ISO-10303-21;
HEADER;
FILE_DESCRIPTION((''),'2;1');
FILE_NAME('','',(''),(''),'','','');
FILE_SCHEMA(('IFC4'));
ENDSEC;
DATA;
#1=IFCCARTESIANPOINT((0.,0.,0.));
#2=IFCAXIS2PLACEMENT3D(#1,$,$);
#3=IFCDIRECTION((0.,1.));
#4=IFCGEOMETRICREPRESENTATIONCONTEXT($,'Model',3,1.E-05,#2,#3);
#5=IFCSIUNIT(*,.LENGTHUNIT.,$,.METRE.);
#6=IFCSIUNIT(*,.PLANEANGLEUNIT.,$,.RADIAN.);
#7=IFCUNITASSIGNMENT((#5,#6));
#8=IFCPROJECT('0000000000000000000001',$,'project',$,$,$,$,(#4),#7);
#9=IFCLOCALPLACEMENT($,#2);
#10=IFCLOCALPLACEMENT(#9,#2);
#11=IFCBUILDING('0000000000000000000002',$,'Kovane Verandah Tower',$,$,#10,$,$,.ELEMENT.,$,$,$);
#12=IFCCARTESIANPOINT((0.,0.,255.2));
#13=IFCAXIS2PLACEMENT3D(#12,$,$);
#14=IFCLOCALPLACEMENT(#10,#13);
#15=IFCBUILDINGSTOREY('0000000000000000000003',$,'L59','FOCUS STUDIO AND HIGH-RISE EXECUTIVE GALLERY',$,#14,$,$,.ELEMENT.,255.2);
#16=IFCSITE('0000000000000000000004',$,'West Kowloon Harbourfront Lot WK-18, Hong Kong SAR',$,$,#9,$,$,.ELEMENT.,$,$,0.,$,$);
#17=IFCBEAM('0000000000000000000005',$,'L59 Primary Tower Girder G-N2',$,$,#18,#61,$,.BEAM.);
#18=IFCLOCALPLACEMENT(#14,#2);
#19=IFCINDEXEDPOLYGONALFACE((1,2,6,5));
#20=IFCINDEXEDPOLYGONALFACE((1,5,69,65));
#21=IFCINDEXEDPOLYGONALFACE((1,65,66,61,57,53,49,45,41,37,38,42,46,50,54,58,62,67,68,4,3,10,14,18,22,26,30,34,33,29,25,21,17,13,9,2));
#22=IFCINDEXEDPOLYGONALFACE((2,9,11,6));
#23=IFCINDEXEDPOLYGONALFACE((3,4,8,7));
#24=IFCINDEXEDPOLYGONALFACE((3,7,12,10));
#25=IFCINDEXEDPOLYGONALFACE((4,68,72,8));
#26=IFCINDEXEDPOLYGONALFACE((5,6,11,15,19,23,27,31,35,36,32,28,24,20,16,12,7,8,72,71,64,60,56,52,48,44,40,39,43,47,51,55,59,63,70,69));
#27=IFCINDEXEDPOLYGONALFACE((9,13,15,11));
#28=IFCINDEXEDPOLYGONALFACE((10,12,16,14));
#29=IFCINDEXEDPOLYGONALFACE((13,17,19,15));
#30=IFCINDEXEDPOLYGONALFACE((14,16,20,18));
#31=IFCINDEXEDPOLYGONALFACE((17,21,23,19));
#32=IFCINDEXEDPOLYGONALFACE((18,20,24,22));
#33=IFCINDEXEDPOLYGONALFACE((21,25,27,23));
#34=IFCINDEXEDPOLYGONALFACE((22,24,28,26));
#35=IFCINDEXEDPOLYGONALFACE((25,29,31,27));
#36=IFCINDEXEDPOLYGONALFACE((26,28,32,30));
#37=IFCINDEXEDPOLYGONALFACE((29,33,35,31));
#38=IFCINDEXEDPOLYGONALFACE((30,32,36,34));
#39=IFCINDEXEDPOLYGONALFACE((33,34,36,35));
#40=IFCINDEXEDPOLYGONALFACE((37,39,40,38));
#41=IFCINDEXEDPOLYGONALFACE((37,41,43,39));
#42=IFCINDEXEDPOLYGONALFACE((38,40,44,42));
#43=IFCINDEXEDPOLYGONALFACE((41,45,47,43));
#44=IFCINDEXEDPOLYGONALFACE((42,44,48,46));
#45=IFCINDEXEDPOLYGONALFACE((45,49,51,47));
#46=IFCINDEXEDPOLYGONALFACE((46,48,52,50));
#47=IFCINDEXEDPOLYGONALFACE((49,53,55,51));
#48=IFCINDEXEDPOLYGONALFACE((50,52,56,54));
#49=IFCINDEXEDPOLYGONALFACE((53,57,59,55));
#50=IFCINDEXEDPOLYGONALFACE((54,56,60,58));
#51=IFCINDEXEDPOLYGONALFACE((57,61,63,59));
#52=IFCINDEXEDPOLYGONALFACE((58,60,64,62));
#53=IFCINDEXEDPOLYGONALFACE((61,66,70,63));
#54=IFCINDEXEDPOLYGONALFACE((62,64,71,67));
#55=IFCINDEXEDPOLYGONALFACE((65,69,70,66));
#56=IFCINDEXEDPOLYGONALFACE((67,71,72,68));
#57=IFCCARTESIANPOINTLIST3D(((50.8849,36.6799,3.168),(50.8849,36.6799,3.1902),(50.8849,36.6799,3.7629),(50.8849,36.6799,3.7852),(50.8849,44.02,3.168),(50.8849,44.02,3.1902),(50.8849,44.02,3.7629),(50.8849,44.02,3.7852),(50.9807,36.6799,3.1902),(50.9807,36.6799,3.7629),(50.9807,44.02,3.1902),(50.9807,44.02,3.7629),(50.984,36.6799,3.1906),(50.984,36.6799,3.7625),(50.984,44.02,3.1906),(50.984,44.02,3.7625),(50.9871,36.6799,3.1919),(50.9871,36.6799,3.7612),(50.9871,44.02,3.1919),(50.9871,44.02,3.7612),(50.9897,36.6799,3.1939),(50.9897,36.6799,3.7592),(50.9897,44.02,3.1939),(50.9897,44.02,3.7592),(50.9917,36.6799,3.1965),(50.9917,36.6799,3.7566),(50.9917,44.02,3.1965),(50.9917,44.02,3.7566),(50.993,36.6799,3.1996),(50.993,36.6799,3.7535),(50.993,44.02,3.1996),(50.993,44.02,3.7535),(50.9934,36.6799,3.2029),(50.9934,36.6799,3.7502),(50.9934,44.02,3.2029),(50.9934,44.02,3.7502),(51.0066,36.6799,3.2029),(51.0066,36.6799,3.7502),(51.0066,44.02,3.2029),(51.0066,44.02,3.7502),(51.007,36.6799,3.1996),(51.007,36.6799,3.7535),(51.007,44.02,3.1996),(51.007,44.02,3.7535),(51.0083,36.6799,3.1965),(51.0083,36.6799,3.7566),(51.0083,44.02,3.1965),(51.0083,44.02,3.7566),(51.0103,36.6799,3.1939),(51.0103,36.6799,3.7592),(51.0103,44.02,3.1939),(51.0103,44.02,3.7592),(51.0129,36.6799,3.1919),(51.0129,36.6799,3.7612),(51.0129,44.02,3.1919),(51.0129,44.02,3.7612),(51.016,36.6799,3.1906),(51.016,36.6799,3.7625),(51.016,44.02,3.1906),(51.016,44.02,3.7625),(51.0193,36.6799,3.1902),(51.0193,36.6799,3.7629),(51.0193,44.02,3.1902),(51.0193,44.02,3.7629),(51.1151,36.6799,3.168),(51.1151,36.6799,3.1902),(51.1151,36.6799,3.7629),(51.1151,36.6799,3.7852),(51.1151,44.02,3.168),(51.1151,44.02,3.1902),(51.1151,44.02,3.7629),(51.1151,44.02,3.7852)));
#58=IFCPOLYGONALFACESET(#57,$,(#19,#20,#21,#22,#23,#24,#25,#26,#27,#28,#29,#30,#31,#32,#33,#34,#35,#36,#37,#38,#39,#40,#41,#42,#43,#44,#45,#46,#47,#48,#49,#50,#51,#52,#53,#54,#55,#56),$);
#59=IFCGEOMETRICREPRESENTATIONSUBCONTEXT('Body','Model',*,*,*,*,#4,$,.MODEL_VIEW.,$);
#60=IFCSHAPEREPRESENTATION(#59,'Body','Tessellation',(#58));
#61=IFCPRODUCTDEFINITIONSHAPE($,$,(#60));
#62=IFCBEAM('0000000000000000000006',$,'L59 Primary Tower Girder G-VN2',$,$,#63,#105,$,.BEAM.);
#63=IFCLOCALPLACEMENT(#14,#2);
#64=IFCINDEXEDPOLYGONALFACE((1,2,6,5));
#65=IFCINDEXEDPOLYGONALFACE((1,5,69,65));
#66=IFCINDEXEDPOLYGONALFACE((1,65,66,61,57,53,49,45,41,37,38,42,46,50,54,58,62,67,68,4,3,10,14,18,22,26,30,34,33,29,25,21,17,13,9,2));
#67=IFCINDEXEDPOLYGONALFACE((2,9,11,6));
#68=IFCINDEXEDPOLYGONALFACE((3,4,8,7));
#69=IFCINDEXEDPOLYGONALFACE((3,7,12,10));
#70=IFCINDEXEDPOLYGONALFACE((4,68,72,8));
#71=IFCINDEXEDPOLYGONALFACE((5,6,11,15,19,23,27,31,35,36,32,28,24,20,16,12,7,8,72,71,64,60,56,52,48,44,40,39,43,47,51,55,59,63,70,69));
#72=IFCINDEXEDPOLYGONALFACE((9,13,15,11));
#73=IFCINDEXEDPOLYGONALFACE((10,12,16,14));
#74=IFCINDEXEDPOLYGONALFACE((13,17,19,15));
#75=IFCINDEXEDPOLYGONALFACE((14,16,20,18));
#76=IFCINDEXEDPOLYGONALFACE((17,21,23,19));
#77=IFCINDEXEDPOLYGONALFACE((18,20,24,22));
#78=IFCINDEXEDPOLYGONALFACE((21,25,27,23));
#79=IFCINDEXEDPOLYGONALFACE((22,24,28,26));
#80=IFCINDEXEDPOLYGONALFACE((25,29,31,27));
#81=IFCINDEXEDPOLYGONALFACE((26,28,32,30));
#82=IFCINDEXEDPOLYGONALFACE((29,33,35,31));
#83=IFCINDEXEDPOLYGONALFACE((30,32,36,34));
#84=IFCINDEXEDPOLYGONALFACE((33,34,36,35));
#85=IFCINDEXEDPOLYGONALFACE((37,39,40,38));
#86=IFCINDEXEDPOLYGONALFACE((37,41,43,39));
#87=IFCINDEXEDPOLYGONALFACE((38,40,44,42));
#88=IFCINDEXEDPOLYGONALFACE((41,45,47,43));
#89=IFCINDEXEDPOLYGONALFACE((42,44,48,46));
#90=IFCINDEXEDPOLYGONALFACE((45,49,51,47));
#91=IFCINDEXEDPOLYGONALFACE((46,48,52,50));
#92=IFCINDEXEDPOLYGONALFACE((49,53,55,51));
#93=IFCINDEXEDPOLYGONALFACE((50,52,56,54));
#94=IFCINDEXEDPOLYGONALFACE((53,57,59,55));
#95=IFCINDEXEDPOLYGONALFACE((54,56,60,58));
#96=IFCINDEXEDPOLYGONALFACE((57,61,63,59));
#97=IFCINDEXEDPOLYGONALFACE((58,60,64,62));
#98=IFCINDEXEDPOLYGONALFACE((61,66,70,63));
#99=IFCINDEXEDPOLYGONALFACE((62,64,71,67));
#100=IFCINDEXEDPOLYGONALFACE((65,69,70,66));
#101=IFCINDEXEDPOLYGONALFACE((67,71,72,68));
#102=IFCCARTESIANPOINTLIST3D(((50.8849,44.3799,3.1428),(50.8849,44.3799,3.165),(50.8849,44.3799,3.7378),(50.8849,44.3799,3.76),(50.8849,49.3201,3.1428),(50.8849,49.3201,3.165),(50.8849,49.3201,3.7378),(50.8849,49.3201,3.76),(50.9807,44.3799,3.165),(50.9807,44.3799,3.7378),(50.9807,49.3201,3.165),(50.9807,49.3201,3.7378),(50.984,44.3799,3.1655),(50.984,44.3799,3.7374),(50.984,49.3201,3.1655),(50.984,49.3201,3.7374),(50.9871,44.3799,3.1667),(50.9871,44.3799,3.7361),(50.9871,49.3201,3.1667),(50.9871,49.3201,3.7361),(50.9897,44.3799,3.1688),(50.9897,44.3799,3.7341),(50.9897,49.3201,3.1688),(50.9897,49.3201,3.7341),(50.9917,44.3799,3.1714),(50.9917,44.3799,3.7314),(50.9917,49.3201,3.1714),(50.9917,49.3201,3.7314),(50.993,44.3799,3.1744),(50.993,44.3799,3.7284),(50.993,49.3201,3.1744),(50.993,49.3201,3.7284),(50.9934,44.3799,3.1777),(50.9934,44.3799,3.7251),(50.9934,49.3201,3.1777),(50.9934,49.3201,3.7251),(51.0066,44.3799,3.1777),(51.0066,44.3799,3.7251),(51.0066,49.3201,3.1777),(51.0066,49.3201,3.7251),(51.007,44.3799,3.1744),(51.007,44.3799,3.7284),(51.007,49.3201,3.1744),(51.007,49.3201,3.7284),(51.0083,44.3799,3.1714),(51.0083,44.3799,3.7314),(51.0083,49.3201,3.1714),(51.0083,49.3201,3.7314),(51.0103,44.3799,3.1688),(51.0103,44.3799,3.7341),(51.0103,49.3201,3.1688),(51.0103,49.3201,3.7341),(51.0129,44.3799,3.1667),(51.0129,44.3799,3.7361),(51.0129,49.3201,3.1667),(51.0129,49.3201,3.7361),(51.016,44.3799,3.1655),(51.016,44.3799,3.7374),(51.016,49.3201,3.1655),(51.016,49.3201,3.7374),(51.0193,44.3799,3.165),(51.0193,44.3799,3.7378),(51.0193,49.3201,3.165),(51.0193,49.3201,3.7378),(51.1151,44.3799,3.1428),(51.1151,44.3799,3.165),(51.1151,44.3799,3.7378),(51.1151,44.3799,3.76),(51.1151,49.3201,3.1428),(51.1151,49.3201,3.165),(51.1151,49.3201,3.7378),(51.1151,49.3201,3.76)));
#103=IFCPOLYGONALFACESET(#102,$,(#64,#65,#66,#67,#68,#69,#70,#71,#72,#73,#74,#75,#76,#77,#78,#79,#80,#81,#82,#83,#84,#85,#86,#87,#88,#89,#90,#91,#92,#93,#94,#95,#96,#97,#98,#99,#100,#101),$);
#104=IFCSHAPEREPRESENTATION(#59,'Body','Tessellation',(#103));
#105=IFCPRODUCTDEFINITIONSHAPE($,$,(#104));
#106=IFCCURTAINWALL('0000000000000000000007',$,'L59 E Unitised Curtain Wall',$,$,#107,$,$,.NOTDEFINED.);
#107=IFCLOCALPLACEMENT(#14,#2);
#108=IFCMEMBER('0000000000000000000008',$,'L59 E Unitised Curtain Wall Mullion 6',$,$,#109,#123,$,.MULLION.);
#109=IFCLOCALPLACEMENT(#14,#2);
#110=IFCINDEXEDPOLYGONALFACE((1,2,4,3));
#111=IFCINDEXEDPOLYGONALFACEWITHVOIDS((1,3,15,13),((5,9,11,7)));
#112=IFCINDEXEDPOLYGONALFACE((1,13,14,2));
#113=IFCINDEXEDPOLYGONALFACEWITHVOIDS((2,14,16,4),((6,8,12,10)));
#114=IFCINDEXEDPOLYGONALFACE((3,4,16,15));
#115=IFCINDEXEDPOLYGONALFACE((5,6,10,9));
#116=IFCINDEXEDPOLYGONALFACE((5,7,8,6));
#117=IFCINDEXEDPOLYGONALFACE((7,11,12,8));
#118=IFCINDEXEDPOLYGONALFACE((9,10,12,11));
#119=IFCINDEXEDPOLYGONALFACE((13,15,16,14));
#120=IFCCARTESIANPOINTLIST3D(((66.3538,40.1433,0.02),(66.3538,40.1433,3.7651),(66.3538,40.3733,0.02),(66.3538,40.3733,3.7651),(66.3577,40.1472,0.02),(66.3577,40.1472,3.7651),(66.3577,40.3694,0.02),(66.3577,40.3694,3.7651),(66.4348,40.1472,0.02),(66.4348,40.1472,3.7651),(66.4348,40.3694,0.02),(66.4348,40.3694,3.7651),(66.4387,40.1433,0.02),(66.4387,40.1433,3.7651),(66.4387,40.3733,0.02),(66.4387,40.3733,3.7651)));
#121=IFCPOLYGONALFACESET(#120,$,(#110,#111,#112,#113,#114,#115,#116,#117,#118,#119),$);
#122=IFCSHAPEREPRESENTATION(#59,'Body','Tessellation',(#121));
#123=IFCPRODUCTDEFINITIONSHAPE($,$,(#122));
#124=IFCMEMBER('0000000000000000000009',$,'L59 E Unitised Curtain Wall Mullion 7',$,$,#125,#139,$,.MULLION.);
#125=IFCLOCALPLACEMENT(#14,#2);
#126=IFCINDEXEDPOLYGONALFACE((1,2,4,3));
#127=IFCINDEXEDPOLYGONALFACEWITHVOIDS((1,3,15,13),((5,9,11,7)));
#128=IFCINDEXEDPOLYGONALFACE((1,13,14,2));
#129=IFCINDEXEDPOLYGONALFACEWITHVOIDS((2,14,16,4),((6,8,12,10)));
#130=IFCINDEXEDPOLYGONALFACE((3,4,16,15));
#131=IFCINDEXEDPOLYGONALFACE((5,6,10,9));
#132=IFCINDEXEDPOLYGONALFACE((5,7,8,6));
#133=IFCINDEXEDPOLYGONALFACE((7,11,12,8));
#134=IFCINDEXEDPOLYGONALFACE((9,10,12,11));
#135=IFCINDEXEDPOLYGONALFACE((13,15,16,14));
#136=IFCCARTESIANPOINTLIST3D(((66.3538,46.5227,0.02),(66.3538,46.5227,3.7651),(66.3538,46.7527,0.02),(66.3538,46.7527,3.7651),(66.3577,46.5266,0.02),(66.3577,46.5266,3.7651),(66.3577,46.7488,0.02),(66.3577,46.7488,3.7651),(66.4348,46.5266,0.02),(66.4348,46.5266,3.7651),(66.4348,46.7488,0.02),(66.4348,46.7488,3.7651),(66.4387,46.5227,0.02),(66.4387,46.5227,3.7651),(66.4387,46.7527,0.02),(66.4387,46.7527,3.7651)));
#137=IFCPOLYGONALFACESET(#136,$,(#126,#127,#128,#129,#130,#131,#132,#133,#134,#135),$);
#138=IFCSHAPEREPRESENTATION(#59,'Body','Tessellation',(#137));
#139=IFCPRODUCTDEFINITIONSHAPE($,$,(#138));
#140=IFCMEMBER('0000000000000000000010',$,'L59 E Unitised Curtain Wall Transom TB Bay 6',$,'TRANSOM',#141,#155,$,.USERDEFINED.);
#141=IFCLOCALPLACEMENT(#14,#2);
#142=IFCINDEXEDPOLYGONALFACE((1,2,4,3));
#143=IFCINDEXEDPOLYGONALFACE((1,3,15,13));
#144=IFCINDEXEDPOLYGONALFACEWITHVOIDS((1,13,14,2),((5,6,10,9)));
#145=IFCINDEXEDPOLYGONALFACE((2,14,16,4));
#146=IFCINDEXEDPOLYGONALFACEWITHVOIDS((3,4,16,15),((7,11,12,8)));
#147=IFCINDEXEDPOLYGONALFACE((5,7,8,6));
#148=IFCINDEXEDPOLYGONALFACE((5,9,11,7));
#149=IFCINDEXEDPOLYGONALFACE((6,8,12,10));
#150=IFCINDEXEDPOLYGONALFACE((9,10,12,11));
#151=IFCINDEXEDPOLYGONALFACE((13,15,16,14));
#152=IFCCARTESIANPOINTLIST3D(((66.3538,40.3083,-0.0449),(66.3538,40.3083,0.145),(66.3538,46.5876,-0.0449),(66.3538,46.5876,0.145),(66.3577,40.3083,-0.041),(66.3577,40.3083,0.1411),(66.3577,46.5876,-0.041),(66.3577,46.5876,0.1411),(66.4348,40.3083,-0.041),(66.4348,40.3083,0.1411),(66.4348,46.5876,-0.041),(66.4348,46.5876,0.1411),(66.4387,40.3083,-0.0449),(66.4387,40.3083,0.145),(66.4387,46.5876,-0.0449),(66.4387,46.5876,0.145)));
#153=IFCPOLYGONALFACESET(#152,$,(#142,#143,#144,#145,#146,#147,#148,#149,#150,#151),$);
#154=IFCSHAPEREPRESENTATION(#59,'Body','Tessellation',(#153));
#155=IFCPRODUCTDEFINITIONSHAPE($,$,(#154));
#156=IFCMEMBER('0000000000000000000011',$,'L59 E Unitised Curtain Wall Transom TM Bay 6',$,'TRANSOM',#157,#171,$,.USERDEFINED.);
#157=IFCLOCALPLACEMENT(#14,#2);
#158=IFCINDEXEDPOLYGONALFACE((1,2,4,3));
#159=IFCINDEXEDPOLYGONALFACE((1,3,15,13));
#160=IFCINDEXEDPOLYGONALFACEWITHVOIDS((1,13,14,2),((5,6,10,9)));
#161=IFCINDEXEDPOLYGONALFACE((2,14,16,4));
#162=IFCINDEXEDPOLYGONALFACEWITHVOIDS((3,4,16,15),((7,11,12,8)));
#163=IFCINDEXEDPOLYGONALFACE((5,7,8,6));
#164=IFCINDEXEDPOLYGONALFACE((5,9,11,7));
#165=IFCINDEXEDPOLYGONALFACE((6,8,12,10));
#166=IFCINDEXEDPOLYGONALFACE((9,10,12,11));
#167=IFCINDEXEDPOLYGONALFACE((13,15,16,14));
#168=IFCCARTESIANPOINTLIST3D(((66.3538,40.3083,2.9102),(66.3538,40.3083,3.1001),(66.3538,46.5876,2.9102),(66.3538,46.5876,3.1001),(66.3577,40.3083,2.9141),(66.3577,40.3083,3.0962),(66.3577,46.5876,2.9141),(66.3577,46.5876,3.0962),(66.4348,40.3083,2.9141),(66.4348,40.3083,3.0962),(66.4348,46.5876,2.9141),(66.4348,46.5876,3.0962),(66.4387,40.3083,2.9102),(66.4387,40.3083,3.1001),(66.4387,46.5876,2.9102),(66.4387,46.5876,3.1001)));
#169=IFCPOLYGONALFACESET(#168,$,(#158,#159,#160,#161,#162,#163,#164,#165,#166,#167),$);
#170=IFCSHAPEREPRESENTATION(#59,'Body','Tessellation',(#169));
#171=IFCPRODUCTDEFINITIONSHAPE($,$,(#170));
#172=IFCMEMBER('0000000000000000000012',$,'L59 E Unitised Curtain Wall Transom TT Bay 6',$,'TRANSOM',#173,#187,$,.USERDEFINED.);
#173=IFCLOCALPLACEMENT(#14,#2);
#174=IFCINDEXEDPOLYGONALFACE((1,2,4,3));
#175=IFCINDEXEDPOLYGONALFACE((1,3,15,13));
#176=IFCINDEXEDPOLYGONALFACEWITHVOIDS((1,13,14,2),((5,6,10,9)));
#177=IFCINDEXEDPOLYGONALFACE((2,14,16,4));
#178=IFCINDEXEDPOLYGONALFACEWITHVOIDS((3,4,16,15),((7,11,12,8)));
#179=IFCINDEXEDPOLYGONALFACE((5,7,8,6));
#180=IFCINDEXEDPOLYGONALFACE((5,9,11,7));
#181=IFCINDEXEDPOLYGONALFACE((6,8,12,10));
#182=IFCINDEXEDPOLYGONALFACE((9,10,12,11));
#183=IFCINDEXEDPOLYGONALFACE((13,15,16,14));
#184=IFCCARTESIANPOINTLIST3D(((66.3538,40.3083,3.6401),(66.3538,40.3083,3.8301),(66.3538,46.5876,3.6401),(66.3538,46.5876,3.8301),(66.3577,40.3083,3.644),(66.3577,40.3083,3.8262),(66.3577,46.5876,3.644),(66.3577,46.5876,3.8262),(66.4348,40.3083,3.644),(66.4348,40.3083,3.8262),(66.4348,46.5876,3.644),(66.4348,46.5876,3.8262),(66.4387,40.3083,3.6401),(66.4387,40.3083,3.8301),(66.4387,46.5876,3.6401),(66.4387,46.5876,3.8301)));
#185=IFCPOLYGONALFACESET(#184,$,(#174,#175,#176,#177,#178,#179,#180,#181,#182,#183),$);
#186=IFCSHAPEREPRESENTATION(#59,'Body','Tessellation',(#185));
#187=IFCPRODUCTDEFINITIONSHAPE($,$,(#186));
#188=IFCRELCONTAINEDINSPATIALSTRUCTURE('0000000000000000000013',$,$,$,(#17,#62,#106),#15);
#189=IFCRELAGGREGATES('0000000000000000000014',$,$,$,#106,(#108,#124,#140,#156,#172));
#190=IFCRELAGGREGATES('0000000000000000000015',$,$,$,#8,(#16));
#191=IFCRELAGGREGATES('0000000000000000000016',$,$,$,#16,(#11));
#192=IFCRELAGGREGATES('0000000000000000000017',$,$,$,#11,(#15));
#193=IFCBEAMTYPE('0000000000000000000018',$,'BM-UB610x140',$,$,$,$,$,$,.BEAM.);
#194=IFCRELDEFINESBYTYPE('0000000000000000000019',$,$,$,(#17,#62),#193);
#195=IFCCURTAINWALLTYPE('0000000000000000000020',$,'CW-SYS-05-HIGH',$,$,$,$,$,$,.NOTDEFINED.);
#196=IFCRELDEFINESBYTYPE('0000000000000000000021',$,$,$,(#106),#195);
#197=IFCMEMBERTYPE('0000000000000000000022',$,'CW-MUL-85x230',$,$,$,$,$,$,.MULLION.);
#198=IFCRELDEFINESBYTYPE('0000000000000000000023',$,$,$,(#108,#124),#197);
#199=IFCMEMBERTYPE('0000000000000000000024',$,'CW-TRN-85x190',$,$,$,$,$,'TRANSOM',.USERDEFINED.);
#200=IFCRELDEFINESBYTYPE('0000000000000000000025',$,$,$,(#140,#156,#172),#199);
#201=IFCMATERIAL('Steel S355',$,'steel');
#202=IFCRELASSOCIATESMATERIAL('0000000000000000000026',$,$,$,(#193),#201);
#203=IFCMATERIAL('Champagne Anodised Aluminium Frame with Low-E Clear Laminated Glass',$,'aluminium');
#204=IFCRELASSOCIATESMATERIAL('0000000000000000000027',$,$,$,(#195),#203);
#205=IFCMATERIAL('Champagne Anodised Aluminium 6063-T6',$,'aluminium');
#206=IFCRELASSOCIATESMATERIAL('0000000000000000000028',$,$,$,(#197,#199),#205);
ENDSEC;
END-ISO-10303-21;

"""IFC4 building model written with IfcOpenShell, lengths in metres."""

from ifc_helpers import new_model, si_unit, direction, frame, origin, origin_2d, place, context, subcontext, project, spatial, hollow_rectangle, i_section, extrude, material, material_profile, profile_set, type_object, element, aggregate, save


model = new_model("IFC4")

# Units and contexts
model_context = context("Model", 3, precision=1e-05, world=origin(), true_north=direction((0.0, 1.0)))
body_context = subcontext(model_context, "Body", "Model", "MODEL_VIEW")
ifc_project = project(units=[si_unit("LENGTHUNIT", "METRE"), si_unit("PLANEANGLEUNIT", "RADIAN")], contexts=[model_context])

# Site, building, storey
site_placement = place(None, origin())
site = spatial("IfcSite", under=ifc_project, at=site_placement, Name="West Kowloon Harbourfront Lot WK-18, Hong Kong SAR", CompositionType="ELEMENT", RefElevation=0.0)
building_placement = place(site_placement, origin())
building = spatial("IfcBuilding", under=site, at=building_placement, Name="Kovane Verandah Tower", CompositionType="ELEMENT")
storey_placement = place(building_placement, frame((0.0, 0.0, 255.2)))
storey = spatial("IfcBuildingStorey", under=building, at=storey_placement, Name="L59", Description="FOCUS STUDIO AND HIGH-RISE EXECUTIVE GALLERY", CompositionType="ELEMENT", Elevation=255.2)

# Beams
ifc_material_1 = material(Name="Steel S355", Category="steel")
ifc_material_profile_1 = material_profile(ifc_material_1, i_section(OverallWidth=0.2302, OverallDepth=0.6172, WebThickness=0.0132, FlangeThickness=0.0222, FilletRadius=0.0127, at=origin_2d()), Name="UB610x229x140")
ifc_profile_set_1 = profile_set([ifc_material_profile_1], Name="Steel S355")
beam_type_1 = type_object("IfcBeamType", Name="BM-UB610x140", PredefinedType="BEAM", material=ifc_profile_set_1)
for number, where, z_axis, x_axis, name in (
    (1, (51.0, 36.6799, 3.4766), (0.0, 1.0, 0.0), (-1.0, 0.0, 0.0), "L59 Primary Tower Girder G-N2"),
):
    element("IfcBeam", number, at=place(storey_placement, frame(where, z_axis=z_axis, x_axis=x_axis)), inside=storey, type_object=beam_type_1, Name=name, PredefinedType="BEAM", context=body_context, shape_type="SweptSolid", body=[
        extrude(i_section(OverallWidth=0.2302, OverallDepth=0.6172, WebThickness=0.0132, FlangeThickness=0.0222, FilletRadius=0.0127, at=origin_2d()), origin(), (0.0, 0.0, 1.0), 7.3401),
    ])
beam_1_placement = place(storey_placement, frame((51.0, 44.3799, 3.4514), z_axis=(0.0, 1.0, 0.0), x_axis=(-1.0, 0.0, 0.0)))
element("IfcBeam", 2, at=beam_1_placement, inside=storey, type_object=beam_type_1, Name="L59 Primary Tower Girder G-VN2", PredefinedType="BEAM", context=body_context, shape_type="SweptSolid", body=[
    extrude(i_section(OverallWidth=0.2302, OverallDepth=0.6172, WebThickness=0.0132, FlangeThickness=0.0222, FilletRadius=0.0127, at=origin_2d()), origin(), (0.0, 0.0, 1.0), 4.9402),
])

# Curtain wall, members
ifc_material_2 = material(Name="Champagne Anodised Aluminium Frame with Low-E Clear Laminated Glass", Category="aluminium")
curtain_wall_type = type_object("IfcCurtainWallType", Name="CW-SYS-05-HIGH", PredefinedType="NOTDEFINED", material=ifc_material_2)
curtain_wall_placement = place(storey_placement, origin())
curtain_wall = element("IfcCurtainWall", 3, at=curtain_wall_placement, inside=storey, type_object=curtain_wall_type, Name="L59 E Unitised Curtain Wall", PredefinedType="NOTDEFINED")
ifc_material_3 = material(Name="Champagne Anodised Aluminium 6063-T6", Category="aluminium")
ifc_material_profile_2 = material_profile(ifc_material_3, hollow_rectangle(XDim=0.085, YDim=0.23, WallThickness=0.0039, at=origin_2d()), Name="AL85x230x4")
ifc_profile_set_2 = profile_set([ifc_material_profile_2], Name="Champagne Anodised Aluminium 6063-T6")
member_type_1 = type_object("IfcMemberType", Name="CW-MUL-85x230", PredefinedType="MULLION", material=ifc_profile_set_2)
member_1_placement = place(storey_placement, frame((66.3962, 40.2583, 0.02), z_axis=(0.0, 0.0, 1.0), x_axis=(1.0, 0.0, 0.0)))
member_1 = element("IfcMember", 4, at=member_1_placement, type_object=member_type_1, Name="L59 E Unitised Curtain Wall Mullion 6", PredefinedType="MULLION", context=body_context, shape_type="SweptSolid", body=[
    extrude(hollow_rectangle(XDim=0.085, YDim=0.23, WallThickness=0.0039, at=origin_2d()), origin(), (0.0, 0.0, 1.0), 3.7451),
])
member_2_placement = place(storey_placement, frame((66.3962, 46.6377, 0.02), z_axis=(0.0, 0.0, 1.0), x_axis=(1.0, 0.0, 0.0)))
member_2 = element("IfcMember", 5, at=member_2_placement, type_object=member_type_1, Name="L59 E Unitised Curtain Wall Mullion 7", PredefinedType="MULLION", context=body_context, shape_type="SweptSolid", body=[
    extrude(hollow_rectangle(XDim=0.085, YDim=0.23, WallThickness=0.0039, at=origin_2d()), origin(), (0.0, 0.0, 1.0), 3.7451),
])
ifc_material_profile_3 = material_profile(ifc_material_3, hollow_rectangle(XDim=0.085, YDim=0.1899, WallThickness=0.0039, at=origin_2d()), Name="AL85x190x4")
ifc_profile_set_3 = profile_set([ifc_material_profile_3], Name="Champagne Anodised Aluminium 6063-T6")
member_type_2 = type_object("IfcMemberType", Name="CW-TRN-85x190", ElementType="TRANSOM", PredefinedType="USERDEFINED", material=ifc_profile_set_3)
member_3_placement = place(storey_placement, frame((66.3962, 40.3083, 0.05), z_axis=(0.0, 1.0, 0.0), x_axis=(-1.0, 0.0, 0.0)))
member_3 = element("IfcMember", 6, at=member_3_placement, type_object=member_type_2, Name="L59 E Unitised Curtain Wall Transom TB Bay 6", ObjectType="TRANSOM", PredefinedType="USERDEFINED", context=body_context, shape_type="SweptSolid", body=[
    extrude(hollow_rectangle(XDim=0.085, YDim=0.1899, WallThickness=0.0039, at=origin_2d()), origin(), (0.0, 0.0, 1.0), 6.2793),
])
member_4_placement = place(storey_placement, frame((66.3962, 40.3083, 3.0051), z_axis=(0.0, 1.0, 0.0), x_axis=(-1.0, 0.0, 0.0)))
member_4 = element("IfcMember", 7, at=member_4_placement, type_object=member_type_2, Name="L59 E Unitised Curtain Wall Transom TM Bay 6", ObjectType="TRANSOM", PredefinedType="USERDEFINED", context=body_context, shape_type="SweptSolid", body=[
    extrude(hollow_rectangle(XDim=0.085, YDim=0.1899, WallThickness=0.0039, at=origin_2d()), origin(), (0.0, 0.0, 1.0), 6.2793),
])
member_5_placement = place(storey_placement, frame((66.3962, 40.3083, 3.7351), z_axis=(0.0, 1.0, 0.0), x_axis=(-1.0, 0.0, 0.0)))
member_5 = element("IfcMember", 8, at=member_5_placement, type_object=member_type_2, Name="L59 E Unitised Curtain Wall Transom TT Bay 6", ObjectType="TRANSOM", PredefinedType="USERDEFINED", context=body_context, shape_type="SweptSolid", body=[
    extrude(hollow_rectangle(XDim=0.085, YDim=0.1899, WallThickness=0.0039, at=origin_2d()), origin(), (0.0, 0.0, 1.0), 6.2793),
])

aggregate(curtain_wall, [member_1, member_2, member_3, member_4, member_5])

save(model, "model.ifc")
